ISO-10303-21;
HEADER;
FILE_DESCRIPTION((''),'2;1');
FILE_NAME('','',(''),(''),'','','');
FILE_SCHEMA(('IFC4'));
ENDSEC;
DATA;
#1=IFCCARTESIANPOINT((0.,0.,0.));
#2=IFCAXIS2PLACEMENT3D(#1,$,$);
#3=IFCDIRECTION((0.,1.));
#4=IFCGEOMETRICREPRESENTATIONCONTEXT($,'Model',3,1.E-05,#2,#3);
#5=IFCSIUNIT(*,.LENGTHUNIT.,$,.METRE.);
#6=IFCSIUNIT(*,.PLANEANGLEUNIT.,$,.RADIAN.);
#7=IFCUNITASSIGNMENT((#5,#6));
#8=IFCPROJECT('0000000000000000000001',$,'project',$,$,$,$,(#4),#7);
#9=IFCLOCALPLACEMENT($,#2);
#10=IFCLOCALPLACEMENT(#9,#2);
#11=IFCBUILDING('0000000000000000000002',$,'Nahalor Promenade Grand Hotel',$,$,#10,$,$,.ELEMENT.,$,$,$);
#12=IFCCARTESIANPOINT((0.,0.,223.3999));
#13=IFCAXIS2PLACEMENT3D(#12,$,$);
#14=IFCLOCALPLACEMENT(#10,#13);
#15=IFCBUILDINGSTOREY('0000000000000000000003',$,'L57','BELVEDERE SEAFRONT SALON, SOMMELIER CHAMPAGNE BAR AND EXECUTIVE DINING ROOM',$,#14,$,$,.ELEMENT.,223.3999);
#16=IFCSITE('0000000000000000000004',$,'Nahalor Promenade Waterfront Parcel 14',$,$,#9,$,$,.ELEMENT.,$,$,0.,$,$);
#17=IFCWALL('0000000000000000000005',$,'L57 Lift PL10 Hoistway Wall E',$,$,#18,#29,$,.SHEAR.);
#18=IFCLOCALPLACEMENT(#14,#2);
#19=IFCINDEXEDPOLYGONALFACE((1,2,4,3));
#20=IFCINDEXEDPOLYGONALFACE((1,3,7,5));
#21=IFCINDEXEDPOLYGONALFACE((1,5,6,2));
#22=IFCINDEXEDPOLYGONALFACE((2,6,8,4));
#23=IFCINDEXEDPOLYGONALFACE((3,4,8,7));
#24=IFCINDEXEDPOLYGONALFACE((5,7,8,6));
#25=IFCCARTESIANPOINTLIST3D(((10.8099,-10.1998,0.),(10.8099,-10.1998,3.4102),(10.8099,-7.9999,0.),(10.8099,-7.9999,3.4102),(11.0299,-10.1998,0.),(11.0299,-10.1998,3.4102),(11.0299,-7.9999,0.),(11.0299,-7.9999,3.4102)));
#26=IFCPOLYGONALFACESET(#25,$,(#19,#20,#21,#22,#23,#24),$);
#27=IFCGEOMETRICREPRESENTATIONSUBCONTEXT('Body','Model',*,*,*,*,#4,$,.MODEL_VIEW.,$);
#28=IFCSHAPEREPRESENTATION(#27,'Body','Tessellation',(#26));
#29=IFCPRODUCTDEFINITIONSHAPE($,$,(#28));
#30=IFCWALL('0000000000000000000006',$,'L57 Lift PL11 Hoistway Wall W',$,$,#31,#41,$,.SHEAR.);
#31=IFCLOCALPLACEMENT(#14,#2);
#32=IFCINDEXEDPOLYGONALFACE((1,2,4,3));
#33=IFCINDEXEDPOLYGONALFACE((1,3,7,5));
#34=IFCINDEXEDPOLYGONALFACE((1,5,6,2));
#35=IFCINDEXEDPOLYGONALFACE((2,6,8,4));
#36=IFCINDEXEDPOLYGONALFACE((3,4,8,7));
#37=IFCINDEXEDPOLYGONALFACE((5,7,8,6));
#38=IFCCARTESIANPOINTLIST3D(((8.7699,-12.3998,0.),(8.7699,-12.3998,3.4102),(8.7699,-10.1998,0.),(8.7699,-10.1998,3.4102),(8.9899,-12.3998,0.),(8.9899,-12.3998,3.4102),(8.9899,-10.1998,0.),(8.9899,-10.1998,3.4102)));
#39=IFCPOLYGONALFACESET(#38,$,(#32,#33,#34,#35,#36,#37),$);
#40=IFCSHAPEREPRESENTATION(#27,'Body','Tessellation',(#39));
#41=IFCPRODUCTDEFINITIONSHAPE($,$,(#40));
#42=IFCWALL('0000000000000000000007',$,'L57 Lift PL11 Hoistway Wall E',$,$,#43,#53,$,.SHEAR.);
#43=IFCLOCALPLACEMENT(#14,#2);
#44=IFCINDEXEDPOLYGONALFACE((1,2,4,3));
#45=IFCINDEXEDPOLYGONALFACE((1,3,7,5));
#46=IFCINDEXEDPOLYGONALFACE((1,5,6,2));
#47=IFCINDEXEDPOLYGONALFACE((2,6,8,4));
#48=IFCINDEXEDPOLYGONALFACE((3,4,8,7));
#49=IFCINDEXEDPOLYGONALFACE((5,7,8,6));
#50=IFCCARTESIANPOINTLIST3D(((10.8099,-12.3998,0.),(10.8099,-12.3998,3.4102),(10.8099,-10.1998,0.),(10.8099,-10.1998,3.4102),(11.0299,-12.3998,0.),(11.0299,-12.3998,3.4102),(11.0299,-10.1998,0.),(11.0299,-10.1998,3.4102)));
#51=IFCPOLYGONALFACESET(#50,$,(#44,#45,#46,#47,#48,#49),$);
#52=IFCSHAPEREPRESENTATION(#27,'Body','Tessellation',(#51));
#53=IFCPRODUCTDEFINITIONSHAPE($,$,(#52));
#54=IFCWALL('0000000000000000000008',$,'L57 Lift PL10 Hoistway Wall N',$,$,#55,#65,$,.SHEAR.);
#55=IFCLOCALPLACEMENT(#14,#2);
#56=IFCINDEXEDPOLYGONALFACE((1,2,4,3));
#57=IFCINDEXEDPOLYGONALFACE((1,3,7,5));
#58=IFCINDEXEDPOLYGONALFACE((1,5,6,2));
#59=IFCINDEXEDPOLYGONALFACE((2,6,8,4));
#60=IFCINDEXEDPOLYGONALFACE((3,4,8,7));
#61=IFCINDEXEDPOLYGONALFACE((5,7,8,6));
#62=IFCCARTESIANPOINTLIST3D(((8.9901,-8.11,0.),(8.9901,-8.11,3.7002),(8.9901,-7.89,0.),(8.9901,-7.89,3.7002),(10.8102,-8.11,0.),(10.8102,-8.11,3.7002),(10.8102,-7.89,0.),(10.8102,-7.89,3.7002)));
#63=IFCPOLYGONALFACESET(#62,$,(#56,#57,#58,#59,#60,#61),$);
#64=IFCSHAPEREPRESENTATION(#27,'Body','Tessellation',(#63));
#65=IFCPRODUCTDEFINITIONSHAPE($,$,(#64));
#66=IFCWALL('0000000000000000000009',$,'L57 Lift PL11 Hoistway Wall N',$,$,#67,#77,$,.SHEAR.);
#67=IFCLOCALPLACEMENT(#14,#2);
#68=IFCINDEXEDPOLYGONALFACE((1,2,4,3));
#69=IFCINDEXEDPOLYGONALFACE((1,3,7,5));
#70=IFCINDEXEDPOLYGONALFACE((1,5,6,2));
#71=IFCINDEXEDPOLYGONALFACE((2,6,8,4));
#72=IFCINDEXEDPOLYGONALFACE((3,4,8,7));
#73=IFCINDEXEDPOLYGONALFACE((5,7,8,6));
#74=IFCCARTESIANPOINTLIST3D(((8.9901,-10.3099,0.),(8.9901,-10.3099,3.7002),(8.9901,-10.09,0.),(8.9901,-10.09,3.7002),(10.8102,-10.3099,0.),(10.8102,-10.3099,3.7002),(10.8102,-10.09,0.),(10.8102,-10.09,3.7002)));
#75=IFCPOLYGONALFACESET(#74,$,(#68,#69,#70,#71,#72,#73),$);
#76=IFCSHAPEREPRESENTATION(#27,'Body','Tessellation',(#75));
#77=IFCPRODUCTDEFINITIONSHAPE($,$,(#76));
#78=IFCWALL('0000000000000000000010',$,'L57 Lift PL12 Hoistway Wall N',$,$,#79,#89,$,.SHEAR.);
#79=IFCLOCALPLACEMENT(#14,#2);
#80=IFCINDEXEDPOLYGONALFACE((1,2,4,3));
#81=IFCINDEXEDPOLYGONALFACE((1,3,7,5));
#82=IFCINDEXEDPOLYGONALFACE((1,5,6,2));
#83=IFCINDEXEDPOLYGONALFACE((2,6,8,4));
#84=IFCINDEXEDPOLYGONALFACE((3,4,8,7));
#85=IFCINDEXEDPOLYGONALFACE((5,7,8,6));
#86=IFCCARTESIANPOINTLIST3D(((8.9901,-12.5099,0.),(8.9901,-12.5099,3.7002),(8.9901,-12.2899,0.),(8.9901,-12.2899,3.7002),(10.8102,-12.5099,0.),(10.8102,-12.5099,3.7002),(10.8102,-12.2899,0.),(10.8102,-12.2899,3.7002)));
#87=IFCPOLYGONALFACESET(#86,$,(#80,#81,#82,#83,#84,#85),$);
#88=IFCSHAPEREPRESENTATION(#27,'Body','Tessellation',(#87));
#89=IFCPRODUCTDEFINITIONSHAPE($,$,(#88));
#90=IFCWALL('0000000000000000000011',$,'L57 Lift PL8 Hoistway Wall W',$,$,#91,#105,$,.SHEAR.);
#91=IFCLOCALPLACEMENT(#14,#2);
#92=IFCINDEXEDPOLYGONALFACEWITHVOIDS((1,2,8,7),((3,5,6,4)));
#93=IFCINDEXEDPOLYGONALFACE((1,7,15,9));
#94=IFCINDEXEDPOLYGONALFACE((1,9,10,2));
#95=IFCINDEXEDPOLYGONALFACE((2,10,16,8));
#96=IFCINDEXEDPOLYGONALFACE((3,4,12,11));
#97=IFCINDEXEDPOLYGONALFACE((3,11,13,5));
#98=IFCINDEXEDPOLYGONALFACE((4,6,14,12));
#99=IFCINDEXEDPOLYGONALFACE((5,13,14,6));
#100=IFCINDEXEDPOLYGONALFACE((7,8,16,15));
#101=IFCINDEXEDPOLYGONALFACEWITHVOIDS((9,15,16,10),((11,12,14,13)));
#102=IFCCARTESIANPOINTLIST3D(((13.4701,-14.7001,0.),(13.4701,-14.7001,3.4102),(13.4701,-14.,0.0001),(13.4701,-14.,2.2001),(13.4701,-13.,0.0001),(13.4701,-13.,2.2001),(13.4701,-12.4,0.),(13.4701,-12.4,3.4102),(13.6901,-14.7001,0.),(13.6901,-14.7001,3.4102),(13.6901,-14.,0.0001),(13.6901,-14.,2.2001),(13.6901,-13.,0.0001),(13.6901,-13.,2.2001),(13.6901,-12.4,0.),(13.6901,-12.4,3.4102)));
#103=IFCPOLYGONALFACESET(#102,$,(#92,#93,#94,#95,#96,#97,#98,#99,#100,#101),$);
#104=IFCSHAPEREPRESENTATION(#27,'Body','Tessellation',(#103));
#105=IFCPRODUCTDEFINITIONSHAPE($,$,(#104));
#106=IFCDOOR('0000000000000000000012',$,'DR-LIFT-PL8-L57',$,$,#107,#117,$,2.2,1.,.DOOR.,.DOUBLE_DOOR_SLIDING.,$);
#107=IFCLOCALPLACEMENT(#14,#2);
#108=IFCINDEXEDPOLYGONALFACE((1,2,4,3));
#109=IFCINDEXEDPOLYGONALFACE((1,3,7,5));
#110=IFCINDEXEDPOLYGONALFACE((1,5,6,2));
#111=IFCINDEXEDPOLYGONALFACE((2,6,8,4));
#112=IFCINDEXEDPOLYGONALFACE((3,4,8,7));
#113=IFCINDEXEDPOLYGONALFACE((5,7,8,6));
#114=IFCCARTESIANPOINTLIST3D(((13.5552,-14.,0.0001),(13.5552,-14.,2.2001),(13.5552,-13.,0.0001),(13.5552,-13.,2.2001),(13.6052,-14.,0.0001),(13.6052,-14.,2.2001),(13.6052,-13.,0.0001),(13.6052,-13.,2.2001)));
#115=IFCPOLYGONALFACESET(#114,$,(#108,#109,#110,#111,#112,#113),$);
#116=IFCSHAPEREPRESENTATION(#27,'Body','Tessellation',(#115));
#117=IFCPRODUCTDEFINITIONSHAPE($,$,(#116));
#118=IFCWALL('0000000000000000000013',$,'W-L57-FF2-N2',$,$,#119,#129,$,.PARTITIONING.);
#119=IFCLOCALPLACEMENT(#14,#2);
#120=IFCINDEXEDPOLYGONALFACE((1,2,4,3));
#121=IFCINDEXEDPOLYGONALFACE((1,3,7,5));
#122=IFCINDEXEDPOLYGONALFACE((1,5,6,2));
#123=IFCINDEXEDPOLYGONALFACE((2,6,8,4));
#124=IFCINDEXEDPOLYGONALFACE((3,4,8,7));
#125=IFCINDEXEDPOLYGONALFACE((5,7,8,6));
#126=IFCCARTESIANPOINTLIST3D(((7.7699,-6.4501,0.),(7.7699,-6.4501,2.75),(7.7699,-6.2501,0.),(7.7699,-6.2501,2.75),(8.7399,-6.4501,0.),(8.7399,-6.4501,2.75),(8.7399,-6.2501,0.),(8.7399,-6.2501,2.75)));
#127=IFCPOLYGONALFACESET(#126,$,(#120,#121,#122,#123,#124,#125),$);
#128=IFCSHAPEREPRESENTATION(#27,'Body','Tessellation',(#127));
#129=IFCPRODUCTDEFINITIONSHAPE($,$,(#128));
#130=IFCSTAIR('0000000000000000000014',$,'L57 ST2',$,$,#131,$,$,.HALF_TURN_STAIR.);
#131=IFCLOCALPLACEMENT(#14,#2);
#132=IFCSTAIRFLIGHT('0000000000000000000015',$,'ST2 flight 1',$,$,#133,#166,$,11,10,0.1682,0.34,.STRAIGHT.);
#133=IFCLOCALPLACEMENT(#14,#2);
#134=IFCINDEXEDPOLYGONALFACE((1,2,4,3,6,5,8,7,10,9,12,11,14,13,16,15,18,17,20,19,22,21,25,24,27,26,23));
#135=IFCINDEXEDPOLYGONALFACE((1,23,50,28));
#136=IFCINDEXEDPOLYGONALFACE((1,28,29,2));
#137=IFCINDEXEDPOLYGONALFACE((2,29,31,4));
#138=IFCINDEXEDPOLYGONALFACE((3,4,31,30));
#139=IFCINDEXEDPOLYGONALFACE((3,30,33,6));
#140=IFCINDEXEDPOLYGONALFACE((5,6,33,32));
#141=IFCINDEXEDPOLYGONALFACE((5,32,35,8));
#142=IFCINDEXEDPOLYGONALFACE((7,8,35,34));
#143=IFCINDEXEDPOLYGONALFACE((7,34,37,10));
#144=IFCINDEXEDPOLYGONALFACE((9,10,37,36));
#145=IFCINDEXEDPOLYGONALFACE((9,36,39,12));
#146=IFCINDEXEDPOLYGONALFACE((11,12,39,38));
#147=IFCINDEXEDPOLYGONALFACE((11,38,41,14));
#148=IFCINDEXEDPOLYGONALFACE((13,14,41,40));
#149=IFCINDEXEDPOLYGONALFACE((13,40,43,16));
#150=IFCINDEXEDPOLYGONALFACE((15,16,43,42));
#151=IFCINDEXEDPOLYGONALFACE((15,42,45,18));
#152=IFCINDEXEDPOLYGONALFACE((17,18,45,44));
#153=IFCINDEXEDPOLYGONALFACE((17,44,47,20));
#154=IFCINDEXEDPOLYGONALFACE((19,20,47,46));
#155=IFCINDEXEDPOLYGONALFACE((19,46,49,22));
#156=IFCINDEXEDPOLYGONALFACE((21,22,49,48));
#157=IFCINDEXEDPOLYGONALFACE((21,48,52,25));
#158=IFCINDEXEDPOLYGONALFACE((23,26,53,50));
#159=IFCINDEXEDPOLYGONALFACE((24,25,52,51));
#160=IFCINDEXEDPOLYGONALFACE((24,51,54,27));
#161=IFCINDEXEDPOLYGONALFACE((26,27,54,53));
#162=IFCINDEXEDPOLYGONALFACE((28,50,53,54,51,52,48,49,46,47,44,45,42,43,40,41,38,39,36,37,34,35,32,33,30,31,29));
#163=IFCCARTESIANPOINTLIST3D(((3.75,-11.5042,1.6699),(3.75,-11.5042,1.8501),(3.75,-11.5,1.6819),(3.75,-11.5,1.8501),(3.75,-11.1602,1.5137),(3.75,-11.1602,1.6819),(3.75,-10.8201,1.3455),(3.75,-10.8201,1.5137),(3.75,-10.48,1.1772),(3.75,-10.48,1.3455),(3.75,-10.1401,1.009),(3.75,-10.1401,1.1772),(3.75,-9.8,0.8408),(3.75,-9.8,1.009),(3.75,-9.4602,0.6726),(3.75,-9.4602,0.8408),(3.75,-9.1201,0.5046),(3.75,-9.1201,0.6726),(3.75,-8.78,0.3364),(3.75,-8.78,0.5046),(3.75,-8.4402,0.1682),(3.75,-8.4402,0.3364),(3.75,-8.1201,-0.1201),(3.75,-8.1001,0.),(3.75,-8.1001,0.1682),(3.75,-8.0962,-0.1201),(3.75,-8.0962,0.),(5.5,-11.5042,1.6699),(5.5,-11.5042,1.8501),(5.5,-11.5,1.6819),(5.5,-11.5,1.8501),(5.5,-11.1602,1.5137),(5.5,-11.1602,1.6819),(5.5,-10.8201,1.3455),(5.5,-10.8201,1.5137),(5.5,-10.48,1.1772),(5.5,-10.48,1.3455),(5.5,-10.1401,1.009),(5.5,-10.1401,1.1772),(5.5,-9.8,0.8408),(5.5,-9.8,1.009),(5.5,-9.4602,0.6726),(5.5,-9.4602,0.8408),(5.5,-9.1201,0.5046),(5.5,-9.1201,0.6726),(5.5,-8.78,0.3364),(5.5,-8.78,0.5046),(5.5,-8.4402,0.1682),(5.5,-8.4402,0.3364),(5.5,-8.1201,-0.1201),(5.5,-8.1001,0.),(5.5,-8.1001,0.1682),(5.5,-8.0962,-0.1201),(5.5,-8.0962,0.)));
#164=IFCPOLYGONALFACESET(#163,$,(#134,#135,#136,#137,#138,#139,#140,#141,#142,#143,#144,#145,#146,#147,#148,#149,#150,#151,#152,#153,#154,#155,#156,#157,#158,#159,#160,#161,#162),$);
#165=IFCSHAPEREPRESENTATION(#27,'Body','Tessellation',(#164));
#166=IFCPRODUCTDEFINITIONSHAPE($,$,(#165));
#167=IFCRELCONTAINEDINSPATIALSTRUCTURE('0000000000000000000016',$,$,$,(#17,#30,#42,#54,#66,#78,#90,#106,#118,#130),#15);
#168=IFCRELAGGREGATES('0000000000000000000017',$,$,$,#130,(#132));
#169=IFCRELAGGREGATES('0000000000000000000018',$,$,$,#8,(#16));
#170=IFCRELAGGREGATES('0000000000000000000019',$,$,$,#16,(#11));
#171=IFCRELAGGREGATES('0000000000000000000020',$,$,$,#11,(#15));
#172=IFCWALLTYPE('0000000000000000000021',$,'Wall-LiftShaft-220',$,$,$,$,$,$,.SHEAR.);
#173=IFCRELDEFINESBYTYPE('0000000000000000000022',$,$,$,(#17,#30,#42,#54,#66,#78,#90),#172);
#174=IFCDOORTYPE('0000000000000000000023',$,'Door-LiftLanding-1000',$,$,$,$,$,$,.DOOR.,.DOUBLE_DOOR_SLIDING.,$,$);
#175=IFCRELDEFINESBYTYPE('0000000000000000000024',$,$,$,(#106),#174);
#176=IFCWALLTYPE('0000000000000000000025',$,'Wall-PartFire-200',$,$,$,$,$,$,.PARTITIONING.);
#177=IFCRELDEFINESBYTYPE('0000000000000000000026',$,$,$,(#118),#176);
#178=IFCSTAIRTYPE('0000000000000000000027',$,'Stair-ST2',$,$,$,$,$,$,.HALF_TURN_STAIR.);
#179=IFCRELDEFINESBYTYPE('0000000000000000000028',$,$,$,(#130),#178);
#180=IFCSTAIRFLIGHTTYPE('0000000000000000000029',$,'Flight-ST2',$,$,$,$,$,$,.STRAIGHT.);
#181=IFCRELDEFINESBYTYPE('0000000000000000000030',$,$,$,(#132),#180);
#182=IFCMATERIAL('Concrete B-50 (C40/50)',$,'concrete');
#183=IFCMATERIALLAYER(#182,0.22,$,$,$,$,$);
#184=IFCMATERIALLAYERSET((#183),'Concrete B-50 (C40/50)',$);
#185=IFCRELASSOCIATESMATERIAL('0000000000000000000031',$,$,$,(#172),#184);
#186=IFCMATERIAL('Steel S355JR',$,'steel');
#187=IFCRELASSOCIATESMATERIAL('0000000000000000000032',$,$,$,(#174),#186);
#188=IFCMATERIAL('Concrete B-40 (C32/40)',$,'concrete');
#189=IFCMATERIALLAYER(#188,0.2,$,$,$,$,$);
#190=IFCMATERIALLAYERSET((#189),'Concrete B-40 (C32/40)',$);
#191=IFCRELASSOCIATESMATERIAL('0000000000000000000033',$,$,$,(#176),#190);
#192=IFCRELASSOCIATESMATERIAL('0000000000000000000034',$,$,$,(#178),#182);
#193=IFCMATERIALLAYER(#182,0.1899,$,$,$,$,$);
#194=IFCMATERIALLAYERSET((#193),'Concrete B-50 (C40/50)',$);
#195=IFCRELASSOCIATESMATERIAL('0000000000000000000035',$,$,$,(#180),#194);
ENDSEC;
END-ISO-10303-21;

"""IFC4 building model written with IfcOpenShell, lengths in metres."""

from ifc_helpers import new_model, si_unit, direction, frame, frame_2d, origin, place, context, subcontext, project, spatial, polyline, rectangle, outline, extrude, source, transform, mapped, material, layer, layer_set, type_object, element, fill, aggregate, save


model = new_model("IFC4")

# Units and contexts
model_context = context("Model", 3, precision=1e-05, world=origin(), true_north=direction((0.0, 1.0)))
body_context = subcontext(model_context, "Body", "Model", "MODEL_VIEW")
ifc_project = project(units=[si_unit("LENGTHUNIT", "METRE"), si_unit("PLANEANGLEUNIT", "RADIAN")], contexts=[model_context])

# Site, building, storey
site_placement = place(None, origin())
site = spatial("IfcSite", under=ifc_project, at=site_placement, Name="Nahalor Promenade Waterfront Parcel 14", CompositionType="ELEMENT", RefElevation=0.0)
building_placement = place(site_placement, origin())
building = spatial("IfcBuilding", under=site, at=building_placement, Name="Nahalor Promenade Grand Hotel", CompositionType="ELEMENT")
storey_placement = place(building_placement, frame((0.0, 0.0, 223.3999)))
storey = spatial("IfcBuildingStorey", under=building, at=storey_placement, Name="L57", Description="BELVEDERE SEAFRONT SALON, SOMMELIER CHAMPAGNE BAR AND EXECUTIVE DINING ROOM", CompositionType="ELEMENT", Elevation=223.3999)

# Shared definitions
ifc_material_1 = material(Name="Steel S355JR", Category="steel")

# Shared definitions
ifc_material_2 = material(Name="Concrete B-50 (C40/50)", Category="concrete")
ifc_layer_1 = layer(ifc_material_2, 0.22)
ifc_layer_set_1 = layer_set([ifc_layer_1], Name="Concrete B-50 (C40/50)")
wall_type_1 = type_object("IfcWallType", Name="Wall-LiftShaft-220", PredefinedType="SHEAR", material=ifc_layer_set_1)

# Shared definitions
shared_shape_1 = source(origin(), body_context, "Body", "SweptSolid", [
    extrude(rectangle(XDim=2.2, YDim=0.22, at=frame_2d((1.1001, 0.0))), origin(), (0.0, 0.0, 1.0), 3.4102),
])
door_type = type_object("IfcDoorType", Name="Door-LiftLanding-1000", OperationType="DOUBLE_DOOR_SLIDING", PredefinedType="DOOR", material=ifc_material_1)
shared_shape_2 = source(origin(), body_context, "Body", "SweptSolid", [
    extrude(rectangle(XDim=1.0, YDim=2.2, at=frame_2d((0.5, 1.1001))), frame((0.0, 0.0249, 0.0), z_axis=(0.0, -1.0, 0.0), x_axis=(1.0, 0.0, 0.0)), (0.0, 0.0, 1.0), 0.05),
])

# Walls
for number, where, z_axis, x_axis, name in (
    (1, (10.9199, -10.2, 0.0), (0.0, 0.0, 1.0), (0.0, 1.0, 0.0), "L57 Lift PL10 Hoistway Wall E"),
    (2, (8.8799, -12.3999, 0.0), (0.0, 0.0, 1.0), (0.0, 1.0, 0.0), "L57 Lift PL11 Hoistway Wall W"),
    (3, (10.9199, -12.3999, 0.0), (0.0, 0.0, 1.0), (0.0, 1.0, 0.0), "L57 Lift PL11 Hoistway Wall E"),
):
    element("IfcWall", number, at=place(storey_placement, frame(where, z_axis=z_axis, x_axis=x_axis)), inside=storey, type_object=wall_type_1, Name=name, PredefinedType="SHEAR", context=body_context, shape_type="MappedRepresentation", body=[
        mapped(shared_shape_1, transform((0.0, 0.0, 0.0), scale=1.0)),
    ])
shared_shape_3 = source(origin(), body_context, "Body", "SweptSolid", [
    extrude(rectangle(XDim=1.8201, YDim=0.22, at=frame_2d((0.9102, 0.0))), origin(), (0.0, 0.0, 1.0), 3.7002),
])
for number, where, z_axis, x_axis, name in (
    (4, (8.99, -8.0, 0.0), (0.0, 0.0, 1.0), (1.0, 0.0, 0.0), "L57 Lift PL10 Hoistway Wall N"),
    (5, (8.99, -10.2, 0.0), (0.0, 0.0, 1.0), (1.0, 0.0, 0.0), "L57 Lift PL11 Hoistway Wall N"),
    (6, (8.99, -12.3999, 0.0), (0.0, 0.0, 1.0), (1.0, 0.0, 0.0), "L57 Lift PL12 Hoistway Wall N"),
):
    element("IfcWall", number, at=place(storey_placement, frame(where, z_axis=z_axis, x_axis=x_axis)), inside=storey, type_object=wall_type_1, Name=name, PredefinedType="SHEAR", context=body_context, shape_type="MappedRepresentation", body=[
        mapped(shared_shape_3, transform((0.0, 0.0, 0.0), scale=1.0)),
    ])

# Wall, opening, door
shared_shape_4 = source(origin(), body_context, "Body", "SweptSolid", [
    extrude(rectangle(XDim=2.3, YDim=0.22, at=frame_2d((1.1499, 0.0))), origin(), (0.0, 0.0, 1.0), 3.4102),
])
wall_1_placement = place(storey_placement, frame((13.5801, -14.7, 0.0), z_axis=(0.0, 0.0, 1.0), x_axis=(0.0, 1.0, 0.0)))
wall_1 = element("IfcWall", 7, at=wall_1_placement, inside=storey, type_object=wall_type_1, Name="L57 Lift PL8 Hoistway Wall W", PredefinedType="SHEAR", context=body_context, shape_type="MappedRepresentation", body=[
    mapped(shared_shape_4, transform((0.0, 0.0, 0.0), scale=1.0)),
])
opening_1_placement = place(wall_1_placement, frame((0.7, 0.0, 0.0)))
opening_1 = element("IfcOpeningElement", 8, at=opening_1_placement, cuts=wall_1, PredefinedType="OPENING", context=body_context, shape_type="SweptSolid", body=[
    extrude(rectangle(XDim=1.0, YDim=2.2, at=frame_2d((0.5, 1.1001))), frame((0.0, 0.1199, 0.0), z_axis=(0.0, -1.0, 0.0), x_axis=(1.0, 0.0, 0.0)), (0.0, 0.0, 1.0), 0.24),
])
door_1_placement = place(opening_1_placement, origin())
door_1 = element("IfcDoor", 9, at=door_1_placement, inside=storey, type_object=door_type, Name="DR-LIFT-PL8-L57", OperationType="DOUBLE_DOOR_SLIDING", OverallHeight=2.2, OverallWidth=1.0, PredefinedType="DOOR", context=body_context, shape_type="MappedRepresentation", body=[
    mapped(shared_shape_2, transform((0.0, 0.0, 0.0), scale=1.0)),
])
fill(opening_1, door_1)

# Wall
ifc_material_3 = material(Name="Concrete B-40 (C32/40)", Category="concrete")
ifc_layer_2 = layer(ifc_material_3, 0.2)
ifc_layer_set_2 = layer_set([ifc_layer_2], Name="Concrete B-40 (C32/40)")
wall_type_2 = type_object("IfcWallType", Name="Wall-PartFire-200", PredefinedType="PARTITIONING", material=ifc_layer_set_2)
shared_shape_5 = source(origin(), body_context, "Body", "SweptSolid", [
    extrude(rectangle(XDim=0.97, YDim=0.2, at=frame_2d((0.4849, 0.0))), origin(), (0.0, 0.0, 1.0), 2.75),
])
wall_2_placement = place(storey_placement, frame((7.77, -6.3501, 0.0), z_axis=(0.0, 0.0, 1.0), x_axis=(1.0, 0.0, 0.0)))
element("IfcWall", 10, at=wall_2_placement, inside=storey, type_object=wall_type_2, Name="W-L57-FF2-N2", PredefinedType="PARTITIONING", context=body_context, shape_type="MappedRepresentation", body=[
    mapped(shared_shape_5, transform((0.0, 0.0, 0.0), scale=1.0)),
])

# Stair, stair flight
stair_type = type_object("IfcStairType", Name="Stair-ST2", PredefinedType="HALF_TURN_STAIR", material=ifc_material_2)
stair_placement = place(storey_placement, origin())
stair = element("IfcStair", 11, at=stair_placement, inside=storey, type_object=stair_type, Name="L57 ST2", PredefinedType="HALF_TURN_STAIR")
ifc_layer_3 = layer(ifc_material_2, 0.1899)
ifc_layer_set_3 = layer_set([ifc_layer_3], Name="Concrete B-50 (C40/50)")
stair_flight_type = type_object("IfcStairFlightType", Name="Flight-ST2", PredefinedType="STRAIGHT", material=ifc_layer_set_3)
shared_shape_6 = source(origin(), body_context, "Body", "SweptSolid", [
    extrude(outline(polyline([(-0.0039, -0.1201), (-0.0039, 0.0), (0.0, 0.0), (0.0, 0.1682), (0.3401, 0.1682), (0.3401, 0.3364), (0.6799, 0.3364), (0.6799, 0.5046), (1.02, 0.5046), (1.02, 0.6726), (1.3601, 0.6726), (1.3601, 0.8408), (1.7, 0.8408), (1.7, 1.009), (2.04, 1.009), (2.04, 1.1772), (2.3799, 1.1772), (2.3799, 1.3455), (2.72, 1.3455), (2.72, 1.5137), (3.0601, 1.5137), (3.0601, 1.6819), (3.3999, 1.6819), (3.3999, 1.8501), (3.4041, 1.8501), (3.4041, 1.6699), (0.02, -0.1201), (-0.0039, -0.1201)])), frame((0.0, 0.875, 0.0), z_axis=(0.0, -1.0, 0.0), x_axis=(1.0, 0.0, 0.0)), (0.0, 0.0, 1.0), 1.75),
])
stair_flight_1_placement = place(storey_placement, frame((4.625, -8.1001, 0.0), z_axis=(0.0, 0.0, 1.0), x_axis=(0.0, -1.0, 0.0)))
stair_flight_1 = element("IfcStairFlight", 12, at=stair_flight_1_placement, type_object=stair_flight_type, Name="ST2 flight 1", NumberOfRisers=11, NumberOfTreads=10, PredefinedType="STRAIGHT", RiserHeight=0.1682, TreadLength=0.34, context=body_context, shape_type="MappedRepresentation", body=[
    mapped(shared_shape_6, transform((0.0, 0.0, 0.0), scale=1.0)),
])
aggregate(stair, [stair_flight_1])

save(model, "model.ifc")
